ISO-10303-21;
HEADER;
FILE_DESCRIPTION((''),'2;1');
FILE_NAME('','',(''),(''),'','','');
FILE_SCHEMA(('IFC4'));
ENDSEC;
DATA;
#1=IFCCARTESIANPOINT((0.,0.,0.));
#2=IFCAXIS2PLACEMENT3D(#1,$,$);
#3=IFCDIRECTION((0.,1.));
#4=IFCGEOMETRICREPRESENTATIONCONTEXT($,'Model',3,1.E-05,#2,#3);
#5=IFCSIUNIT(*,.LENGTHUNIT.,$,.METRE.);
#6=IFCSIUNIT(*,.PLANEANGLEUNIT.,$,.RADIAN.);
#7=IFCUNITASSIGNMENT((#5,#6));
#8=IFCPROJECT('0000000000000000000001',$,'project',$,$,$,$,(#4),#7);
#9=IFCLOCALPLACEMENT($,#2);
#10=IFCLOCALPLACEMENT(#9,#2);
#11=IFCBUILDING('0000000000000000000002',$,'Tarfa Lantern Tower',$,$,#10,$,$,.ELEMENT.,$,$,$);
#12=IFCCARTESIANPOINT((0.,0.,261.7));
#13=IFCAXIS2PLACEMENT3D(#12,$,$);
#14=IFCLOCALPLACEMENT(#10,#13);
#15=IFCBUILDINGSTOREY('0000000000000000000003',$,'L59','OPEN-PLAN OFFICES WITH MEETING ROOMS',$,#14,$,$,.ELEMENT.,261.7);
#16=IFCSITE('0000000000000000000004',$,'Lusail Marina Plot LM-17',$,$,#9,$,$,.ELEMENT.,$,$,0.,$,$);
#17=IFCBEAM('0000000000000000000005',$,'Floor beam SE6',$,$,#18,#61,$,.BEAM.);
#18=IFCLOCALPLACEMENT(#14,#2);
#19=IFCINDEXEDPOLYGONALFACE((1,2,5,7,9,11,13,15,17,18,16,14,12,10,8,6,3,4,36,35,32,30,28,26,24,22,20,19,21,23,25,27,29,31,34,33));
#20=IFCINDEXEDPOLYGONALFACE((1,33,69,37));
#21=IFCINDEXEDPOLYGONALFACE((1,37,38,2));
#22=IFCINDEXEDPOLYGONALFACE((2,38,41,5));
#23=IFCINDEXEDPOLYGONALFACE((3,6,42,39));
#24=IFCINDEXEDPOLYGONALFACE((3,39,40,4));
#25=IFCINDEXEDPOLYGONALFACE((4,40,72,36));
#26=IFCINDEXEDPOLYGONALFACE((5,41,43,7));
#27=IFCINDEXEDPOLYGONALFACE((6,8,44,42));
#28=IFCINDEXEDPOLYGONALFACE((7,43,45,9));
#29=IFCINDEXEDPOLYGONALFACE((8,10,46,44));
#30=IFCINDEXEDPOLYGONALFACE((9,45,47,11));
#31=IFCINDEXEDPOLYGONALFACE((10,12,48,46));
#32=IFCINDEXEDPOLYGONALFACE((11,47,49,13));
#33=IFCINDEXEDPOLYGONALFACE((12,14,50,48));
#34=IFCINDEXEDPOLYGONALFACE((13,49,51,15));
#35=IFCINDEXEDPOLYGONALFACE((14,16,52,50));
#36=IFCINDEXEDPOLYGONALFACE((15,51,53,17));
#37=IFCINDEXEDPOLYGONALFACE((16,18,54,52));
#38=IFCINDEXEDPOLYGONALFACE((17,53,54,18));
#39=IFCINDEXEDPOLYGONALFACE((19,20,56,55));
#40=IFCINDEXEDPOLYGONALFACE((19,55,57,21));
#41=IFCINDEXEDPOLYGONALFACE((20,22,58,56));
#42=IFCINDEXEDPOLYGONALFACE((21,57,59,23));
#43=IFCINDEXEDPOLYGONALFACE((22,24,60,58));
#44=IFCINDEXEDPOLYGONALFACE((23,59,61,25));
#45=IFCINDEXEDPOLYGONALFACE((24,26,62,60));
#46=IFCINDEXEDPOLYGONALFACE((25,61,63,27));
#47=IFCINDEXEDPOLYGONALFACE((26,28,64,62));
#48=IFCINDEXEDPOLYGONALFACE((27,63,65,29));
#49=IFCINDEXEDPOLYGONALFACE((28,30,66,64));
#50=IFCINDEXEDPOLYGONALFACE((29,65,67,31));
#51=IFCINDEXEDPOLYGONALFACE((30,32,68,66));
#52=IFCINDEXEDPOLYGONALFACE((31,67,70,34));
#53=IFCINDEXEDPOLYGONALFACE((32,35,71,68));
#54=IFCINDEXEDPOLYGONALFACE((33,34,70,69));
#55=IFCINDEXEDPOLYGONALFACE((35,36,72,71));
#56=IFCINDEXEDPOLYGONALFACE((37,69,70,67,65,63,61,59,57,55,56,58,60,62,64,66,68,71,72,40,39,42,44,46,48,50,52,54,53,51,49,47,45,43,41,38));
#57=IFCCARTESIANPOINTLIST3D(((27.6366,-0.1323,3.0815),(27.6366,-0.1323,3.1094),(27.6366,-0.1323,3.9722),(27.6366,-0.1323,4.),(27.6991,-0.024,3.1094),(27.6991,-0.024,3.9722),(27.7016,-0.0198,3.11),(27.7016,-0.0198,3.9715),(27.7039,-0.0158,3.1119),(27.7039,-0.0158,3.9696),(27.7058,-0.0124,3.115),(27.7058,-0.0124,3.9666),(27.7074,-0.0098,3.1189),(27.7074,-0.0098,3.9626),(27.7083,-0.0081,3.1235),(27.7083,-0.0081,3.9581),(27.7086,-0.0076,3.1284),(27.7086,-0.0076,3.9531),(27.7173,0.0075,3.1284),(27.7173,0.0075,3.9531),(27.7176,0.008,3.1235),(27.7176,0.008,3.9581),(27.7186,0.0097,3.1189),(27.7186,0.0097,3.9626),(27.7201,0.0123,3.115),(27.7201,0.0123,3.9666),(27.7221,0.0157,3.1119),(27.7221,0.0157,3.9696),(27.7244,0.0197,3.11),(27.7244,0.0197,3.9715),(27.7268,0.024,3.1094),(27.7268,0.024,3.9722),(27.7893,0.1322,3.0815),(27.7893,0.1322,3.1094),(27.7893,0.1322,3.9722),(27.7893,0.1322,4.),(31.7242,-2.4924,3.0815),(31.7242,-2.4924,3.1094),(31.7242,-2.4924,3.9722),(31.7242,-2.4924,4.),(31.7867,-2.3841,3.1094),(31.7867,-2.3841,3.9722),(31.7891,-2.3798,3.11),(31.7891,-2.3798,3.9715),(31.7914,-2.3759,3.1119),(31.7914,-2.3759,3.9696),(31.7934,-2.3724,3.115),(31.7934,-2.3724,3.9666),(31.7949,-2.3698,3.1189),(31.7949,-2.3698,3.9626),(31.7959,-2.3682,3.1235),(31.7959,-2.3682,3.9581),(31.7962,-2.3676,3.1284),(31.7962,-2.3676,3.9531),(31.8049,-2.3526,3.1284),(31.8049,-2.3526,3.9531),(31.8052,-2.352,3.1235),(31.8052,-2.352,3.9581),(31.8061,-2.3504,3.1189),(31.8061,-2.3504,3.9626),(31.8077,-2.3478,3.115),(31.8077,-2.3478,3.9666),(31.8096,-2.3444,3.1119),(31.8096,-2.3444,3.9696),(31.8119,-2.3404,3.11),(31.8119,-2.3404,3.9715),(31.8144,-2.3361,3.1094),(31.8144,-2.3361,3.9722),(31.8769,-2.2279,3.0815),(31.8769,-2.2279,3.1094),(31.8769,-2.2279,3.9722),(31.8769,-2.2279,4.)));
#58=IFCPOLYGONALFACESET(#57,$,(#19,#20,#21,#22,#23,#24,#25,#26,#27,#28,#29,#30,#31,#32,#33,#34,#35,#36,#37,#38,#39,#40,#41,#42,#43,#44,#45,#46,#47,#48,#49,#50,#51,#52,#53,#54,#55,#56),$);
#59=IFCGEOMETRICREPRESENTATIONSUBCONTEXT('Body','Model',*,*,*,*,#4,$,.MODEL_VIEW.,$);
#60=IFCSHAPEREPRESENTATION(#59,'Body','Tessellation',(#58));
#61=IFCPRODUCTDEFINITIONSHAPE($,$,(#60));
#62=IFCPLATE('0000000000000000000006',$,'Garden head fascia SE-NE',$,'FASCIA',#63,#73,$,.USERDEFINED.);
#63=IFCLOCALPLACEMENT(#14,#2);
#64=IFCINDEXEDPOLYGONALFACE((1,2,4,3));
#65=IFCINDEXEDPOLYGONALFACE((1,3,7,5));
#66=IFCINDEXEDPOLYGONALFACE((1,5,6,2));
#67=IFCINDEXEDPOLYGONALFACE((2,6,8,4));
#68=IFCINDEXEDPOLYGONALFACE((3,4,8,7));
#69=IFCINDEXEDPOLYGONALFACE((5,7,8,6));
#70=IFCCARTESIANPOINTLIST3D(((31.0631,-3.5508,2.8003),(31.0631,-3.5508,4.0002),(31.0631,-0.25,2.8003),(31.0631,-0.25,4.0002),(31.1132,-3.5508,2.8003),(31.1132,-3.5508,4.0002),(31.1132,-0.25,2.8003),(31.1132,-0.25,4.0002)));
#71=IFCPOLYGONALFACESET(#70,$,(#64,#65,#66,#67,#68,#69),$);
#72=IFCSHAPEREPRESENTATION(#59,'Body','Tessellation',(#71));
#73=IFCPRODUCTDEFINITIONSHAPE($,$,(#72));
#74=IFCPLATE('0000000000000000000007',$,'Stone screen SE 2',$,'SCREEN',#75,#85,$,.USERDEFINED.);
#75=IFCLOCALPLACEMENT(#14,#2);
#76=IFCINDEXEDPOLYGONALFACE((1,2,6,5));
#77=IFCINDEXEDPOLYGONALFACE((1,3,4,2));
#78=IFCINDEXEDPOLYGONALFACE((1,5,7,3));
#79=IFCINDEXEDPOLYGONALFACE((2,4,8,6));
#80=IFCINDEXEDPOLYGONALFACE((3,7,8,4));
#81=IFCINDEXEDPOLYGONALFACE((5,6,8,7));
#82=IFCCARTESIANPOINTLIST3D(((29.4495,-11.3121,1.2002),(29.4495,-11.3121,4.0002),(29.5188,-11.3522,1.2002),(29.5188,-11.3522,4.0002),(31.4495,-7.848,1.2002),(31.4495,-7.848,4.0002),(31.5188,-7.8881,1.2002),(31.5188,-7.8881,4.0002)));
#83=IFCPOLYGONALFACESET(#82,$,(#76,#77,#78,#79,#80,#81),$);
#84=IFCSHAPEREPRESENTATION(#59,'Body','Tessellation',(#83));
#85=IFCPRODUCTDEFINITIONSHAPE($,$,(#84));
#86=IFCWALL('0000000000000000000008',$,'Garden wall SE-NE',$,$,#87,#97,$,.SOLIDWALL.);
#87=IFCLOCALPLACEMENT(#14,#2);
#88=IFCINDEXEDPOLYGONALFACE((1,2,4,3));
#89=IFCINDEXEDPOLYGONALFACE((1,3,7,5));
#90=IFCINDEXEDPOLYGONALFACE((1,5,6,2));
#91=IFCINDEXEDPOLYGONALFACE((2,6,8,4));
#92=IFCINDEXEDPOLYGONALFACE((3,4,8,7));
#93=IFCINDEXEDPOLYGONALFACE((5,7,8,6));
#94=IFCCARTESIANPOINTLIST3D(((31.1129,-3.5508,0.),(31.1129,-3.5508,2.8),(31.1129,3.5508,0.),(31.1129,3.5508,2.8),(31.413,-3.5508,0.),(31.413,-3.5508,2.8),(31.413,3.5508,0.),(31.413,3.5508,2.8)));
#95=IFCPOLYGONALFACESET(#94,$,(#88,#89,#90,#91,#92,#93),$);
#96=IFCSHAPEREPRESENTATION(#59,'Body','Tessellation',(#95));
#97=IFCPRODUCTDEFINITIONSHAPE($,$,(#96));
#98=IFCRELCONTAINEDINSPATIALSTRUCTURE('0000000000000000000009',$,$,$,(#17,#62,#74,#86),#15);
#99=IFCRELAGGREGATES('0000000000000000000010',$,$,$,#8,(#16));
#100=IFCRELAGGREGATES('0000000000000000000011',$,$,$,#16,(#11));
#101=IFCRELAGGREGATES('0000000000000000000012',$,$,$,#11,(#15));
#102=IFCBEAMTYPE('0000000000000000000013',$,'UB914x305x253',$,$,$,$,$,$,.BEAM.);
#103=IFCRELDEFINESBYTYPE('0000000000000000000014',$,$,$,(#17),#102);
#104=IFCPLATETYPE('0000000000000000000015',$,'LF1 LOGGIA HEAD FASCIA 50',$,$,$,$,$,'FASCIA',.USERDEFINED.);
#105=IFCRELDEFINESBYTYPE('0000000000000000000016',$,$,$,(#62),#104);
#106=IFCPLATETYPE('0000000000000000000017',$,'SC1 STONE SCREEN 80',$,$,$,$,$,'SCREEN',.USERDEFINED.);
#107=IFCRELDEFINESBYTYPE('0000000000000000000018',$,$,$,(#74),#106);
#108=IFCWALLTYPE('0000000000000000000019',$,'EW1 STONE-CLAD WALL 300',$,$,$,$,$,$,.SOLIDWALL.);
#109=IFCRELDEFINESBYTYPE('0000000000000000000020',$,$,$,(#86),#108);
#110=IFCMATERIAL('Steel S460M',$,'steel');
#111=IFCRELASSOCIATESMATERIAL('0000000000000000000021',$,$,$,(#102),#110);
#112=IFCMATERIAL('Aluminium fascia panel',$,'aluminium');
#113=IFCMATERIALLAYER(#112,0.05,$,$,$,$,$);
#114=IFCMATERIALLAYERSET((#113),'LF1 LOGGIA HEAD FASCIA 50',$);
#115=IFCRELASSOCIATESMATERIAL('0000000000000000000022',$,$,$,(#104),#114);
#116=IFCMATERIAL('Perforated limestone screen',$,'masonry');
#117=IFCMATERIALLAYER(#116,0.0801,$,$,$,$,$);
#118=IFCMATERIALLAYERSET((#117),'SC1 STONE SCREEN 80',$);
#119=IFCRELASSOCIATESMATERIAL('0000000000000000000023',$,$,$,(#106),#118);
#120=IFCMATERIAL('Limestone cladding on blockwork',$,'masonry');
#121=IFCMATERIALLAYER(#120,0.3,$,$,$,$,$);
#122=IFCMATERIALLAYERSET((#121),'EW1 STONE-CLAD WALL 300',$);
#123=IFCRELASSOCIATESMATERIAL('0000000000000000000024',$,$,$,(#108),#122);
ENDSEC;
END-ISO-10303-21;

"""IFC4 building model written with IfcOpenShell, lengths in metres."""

from ifc_helpers import new_model, si_unit, direction, frame, frame_2d, origin, origin_2d, place, context, subcontext, project, spatial, rectangle, i_section, extrude, material, layer, layer_set, material_profile, profile_set, type_object, element, save


model = new_model("IFC4")

# Units and contexts
model_context = context("Model", 3, precision=1e-05, world=origin(), true_north=direction((0.0, 1.0)))
body_context = subcontext(model_context, "Body", "Model", "MODEL_VIEW")
ifc_project = project(units=[si_unit("LENGTHUNIT", "METRE"), si_unit("PLANEANGLEUNIT", "RADIAN")], contexts=[model_context])

# Site, building, storey
site_placement = place(None, origin())
site = spatial("IfcSite", under=ifc_project, at=site_placement, Name="Lusail Marina Plot LM-17", CompositionType="ELEMENT", RefElevation=0.0)
building_placement = place(site_placement, origin())
building = spatial("IfcBuilding", under=site, at=building_placement, Name="Tarfa Lantern Tower", CompositionType="ELEMENT")
storey_placement = place(building_placement, frame((0.0, 0.0, 261.7)))
storey = spatial("IfcBuildingStorey", under=building, at=storey_placement, Name="L59", Description="OPEN-PLAN OFFICES WITH MEETING ROOMS", CompositionType="ELEMENT", Elevation=261.7)

# Beam
ifc_material_1 = material(Name="Steel S460M", Category="steel")
ifc_material_profile_1 = material_profile(ifc_material_1, i_section(OverallWidth=0.3054, OverallDepth=0.9185, WebThickness=0.0173, FlangeThickness=0.0278, FilletRadius=0.019, at=origin_2d()), Name="UB914x305x253")
ifc_profile_set_1 = profile_set([ifc_material_profile_1], Name="Steel S460M")
beam_type_1 = type_object("IfcBeamType", Name="UB914x305x253", PredefinedType="BEAM", material=ifc_profile_set_1)
beam_1_placement = place(storey_placement, frame((31.8005, -2.3601, 3.5408), z_axis=(-0.866016, 0.500016, 0.0), x_axis=(-0.500016, -0.866016, 0.0)))
element("IfcBeam", 1, at=beam_1_placement, inside=storey, type_object=beam_type_1, Name="Floor beam SE6", PredefinedType="BEAM", context=body_context, shape_type="SweptSolid", body=[
    extrude(i_section(OverallWidth=0.3054, OverallDepth=0.9185, WebThickness=0.0173, FlangeThickness=0.0278, FilletRadius=0.019, at=origin_2d()), origin(), (0.0, 0.0, 1.0), 4.72),
])

# Plates
ifc_material_2 = material(Name="Aluminium fascia panel", Category="aluminium")
ifc_layer_1 = layer(ifc_material_2, 0.05)
ifc_layer_set_1 = layer_set([ifc_layer_1], Name="LF1 LOGGIA HEAD FASCIA 50")
plate_type_1 = type_object("IfcPlateType", Name="LF1 LOGGIA HEAD FASCIA 50", ElementType="FASCIA", PredefinedType="USERDEFINED", material=ifc_layer_set_1)
plate_1_placement = place(storey_placement, frame((31.0881, -1.9004, 2.8003), z_axis=(0.0, 0.0, 1.0), x_axis=(0.0, 1.0, 0.0)))
element("IfcPlate", 2, at=plate_1_placement, inside=storey, type_object=plate_type_1, Name="Garden head fascia SE-NE", ObjectType="FASCIA", PredefinedType="USERDEFINED", context=body_context, shape_type="SweptSolid", body=[
    extrude(rectangle(XDim=3.3008, YDim=0.05, at=origin_2d()), origin(), (0.0, 0.0, 1.0), 1.2),
])
ifc_material_3 = material(Name="Perforated limestone screen", Category="masonry")
ifc_layer_2 = layer(ifc_material_3, 0.0801)
ifc_layer_set_2 = layer_set([ifc_layer_2], Name="SC1 STONE SCREEN 80")
plate_type_2 = type_object("IfcPlateType", Name="SC1 STONE SCREEN 80", ElementType="SCREEN", PredefinedType="USERDEFINED", material=ifc_layer_set_2)
plate_2_placement = place(storey_placement, frame((30.4841, -9.6001, 1.2002), z_axis=(0.0, 0.0, 1.0), x_axis=(0.5, 0.866025, 0.0)))
element("IfcPlate", 3, at=plate_2_placement, inside=storey, type_object=plate_type_2, Name="Stone screen SE 2", ObjectType="SCREEN", PredefinedType="USERDEFINED", context=body_context, shape_type="SweptSolid", body=[
    extrude(rectangle(XDim=4.0, YDim=0.0801, at=origin_2d()), origin(), (0.0, 0.0, 1.0), 2.8),
])

# Wall
ifc_material_4 = material(Name="Limestone cladding on blockwork", Category="masonry")
ifc_layer_3 = layer(ifc_material_4, 0.3)
ifc_layer_set_3 = layer_set([ifc_layer_3], Name="EW1 STONE-CLAD WALL 300")
wall_type = type_object("IfcWallType", Name="EW1 STONE-CLAD WALL 300", PredefinedType="SOLIDWALL", material=ifc_layer_set_3)
wall_placement = place(storey_placement, frame((31.2629, -3.5508, 0.0), z_axis=(0.0, 0.0, 1.0), x_axis=(0.0, 1.0, 0.0)))
element("IfcWall", 4, at=wall_placement, inside=storey, type_object=wall_type, Name="Garden wall SE-NE", PredefinedType="SOLIDWALL", context=body_context, shape_type="SweptSolid", body=[
    extrude(rectangle(XDim=7.1016, YDim=0.3, at=frame_2d((3.5508, 0.0))), origin(), (0.0, 0.0, 1.0), 2.8),
])

save(model, "model.ifc")
